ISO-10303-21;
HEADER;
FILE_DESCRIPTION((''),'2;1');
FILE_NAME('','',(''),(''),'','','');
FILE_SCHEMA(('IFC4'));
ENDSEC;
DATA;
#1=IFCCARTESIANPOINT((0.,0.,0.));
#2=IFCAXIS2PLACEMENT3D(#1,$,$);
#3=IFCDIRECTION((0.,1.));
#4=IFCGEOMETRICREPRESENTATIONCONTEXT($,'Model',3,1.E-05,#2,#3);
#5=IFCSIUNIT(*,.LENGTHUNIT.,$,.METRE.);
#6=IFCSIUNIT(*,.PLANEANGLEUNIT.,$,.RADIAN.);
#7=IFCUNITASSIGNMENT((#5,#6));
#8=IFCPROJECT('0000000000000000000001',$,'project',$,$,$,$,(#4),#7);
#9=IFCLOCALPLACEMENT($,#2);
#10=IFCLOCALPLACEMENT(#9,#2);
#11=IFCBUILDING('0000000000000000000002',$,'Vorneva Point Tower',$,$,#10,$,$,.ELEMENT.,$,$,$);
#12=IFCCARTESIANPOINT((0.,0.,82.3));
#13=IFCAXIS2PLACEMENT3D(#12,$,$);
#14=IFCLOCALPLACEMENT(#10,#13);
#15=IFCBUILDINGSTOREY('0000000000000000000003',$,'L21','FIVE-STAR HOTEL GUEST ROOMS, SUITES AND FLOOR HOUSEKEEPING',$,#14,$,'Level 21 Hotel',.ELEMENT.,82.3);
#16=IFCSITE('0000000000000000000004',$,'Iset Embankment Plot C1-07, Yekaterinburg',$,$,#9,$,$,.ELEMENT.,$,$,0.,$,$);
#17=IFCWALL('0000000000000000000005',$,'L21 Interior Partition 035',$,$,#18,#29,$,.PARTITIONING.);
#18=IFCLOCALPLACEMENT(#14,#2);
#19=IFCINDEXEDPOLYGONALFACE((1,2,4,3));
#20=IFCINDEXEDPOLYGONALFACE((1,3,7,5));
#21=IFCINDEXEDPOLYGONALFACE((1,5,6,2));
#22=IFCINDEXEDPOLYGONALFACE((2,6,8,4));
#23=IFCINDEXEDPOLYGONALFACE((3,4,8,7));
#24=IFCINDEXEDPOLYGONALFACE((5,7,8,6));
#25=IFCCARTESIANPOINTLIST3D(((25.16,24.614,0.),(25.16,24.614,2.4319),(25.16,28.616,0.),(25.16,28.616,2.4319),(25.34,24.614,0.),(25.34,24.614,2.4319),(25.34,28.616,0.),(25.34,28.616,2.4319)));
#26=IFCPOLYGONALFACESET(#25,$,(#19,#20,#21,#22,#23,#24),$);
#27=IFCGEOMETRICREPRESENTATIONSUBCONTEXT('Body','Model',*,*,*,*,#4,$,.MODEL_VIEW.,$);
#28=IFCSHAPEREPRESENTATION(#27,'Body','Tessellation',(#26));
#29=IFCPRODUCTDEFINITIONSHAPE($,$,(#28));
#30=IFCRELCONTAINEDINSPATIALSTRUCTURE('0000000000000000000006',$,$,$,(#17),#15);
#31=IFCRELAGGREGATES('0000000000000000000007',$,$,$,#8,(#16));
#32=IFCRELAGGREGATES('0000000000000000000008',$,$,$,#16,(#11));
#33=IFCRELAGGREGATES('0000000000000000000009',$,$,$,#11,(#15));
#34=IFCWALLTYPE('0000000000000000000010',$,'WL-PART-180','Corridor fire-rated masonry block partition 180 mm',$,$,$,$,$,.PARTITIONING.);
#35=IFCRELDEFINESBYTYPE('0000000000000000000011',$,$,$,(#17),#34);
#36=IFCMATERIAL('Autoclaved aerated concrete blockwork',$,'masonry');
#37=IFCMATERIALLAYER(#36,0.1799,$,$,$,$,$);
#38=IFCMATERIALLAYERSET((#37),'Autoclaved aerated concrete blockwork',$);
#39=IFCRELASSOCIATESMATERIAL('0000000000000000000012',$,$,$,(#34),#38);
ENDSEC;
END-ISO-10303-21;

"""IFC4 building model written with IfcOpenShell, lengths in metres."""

from ifc_helpers import new_model, si_unit, direction, frame, frame_2d, origin, place, context, subcontext, project, spatial, rectangle, extrude, material, layer, layer_set, type_object, element, save


model = new_model("IFC4")

# Units and contexts
model_context = context("Model", 3, precision=1e-05, world=origin(), true_north=direction((0.0, 1.0)))
body_context = subcontext(model_context, "Body", "Model", "MODEL_VIEW")
ifc_project = project(units=[si_unit("LENGTHUNIT", "METRE"), si_unit("PLANEANGLEUNIT", "RADIAN")], contexts=[model_context])

# Site, building, storey
site_placement = place(None, origin())
site = spatial("IfcSite", under=ifc_project, at=site_placement, Name="Iset Embankment Plot C1-07, Yekaterinburg", CompositionType="ELEMENT", RefElevation=0.0)
building_placement = place(site_placement, origin())
building = spatial("IfcBuilding", under=site, at=building_placement, Name="Vorneva Point Tower", CompositionType="ELEMENT")
storey_placement = place(building_placement, frame((0.0, 0.0, 82.3)))
storey = spatial("IfcBuildingStorey", under=building, at=storey_placement, Name="L21", Description="FIVE-STAR HOTEL GUEST ROOMS, SUITES AND FLOOR HOUSEKEEPING", LongName="Level 21 Hotel", CompositionType="ELEMENT", Elevation=82.3)

# Shared definitions
ifc_material_1 = material(Name="Autoclaved aerated concrete blockwork", Category="masonry")
ifc_layer_1 = layer(ifc_material_1, 0.1799)
ifc_layer_set_1 = layer_set([ifc_layer_1], Name="Autoclaved aerated concrete blockwork")
wall_type_1 = type_object("IfcWallType", Name="WL-PART-180", Description="Corridor fire-rated masonry block partition 180 mm", PredefinedType="PARTITIONING", material=ifc_layer_set_1)

# Wall
wall_1_placement = place(storey_placement, frame((25.25, 28.616, 0.0), z_axis=(0.0, 0.0, 1.0), x_axis=(0.0, -1.0, 0.0)))
element("IfcWall", 1, at=wall_1_placement, inside=storey, type_object=wall_type_1, Name="L21 Interior Partition 035", PredefinedType="PARTITIONING", context=body_context, shape_type="SweptSolid", body=[
    extrude(rectangle(XDim=4.002, YDim=0.1799, at=frame_2d((2.001, 0.0))), origin(), (0.0, 0.0, 1.0), 2.4319),
])

save(model, "model.ifc")
